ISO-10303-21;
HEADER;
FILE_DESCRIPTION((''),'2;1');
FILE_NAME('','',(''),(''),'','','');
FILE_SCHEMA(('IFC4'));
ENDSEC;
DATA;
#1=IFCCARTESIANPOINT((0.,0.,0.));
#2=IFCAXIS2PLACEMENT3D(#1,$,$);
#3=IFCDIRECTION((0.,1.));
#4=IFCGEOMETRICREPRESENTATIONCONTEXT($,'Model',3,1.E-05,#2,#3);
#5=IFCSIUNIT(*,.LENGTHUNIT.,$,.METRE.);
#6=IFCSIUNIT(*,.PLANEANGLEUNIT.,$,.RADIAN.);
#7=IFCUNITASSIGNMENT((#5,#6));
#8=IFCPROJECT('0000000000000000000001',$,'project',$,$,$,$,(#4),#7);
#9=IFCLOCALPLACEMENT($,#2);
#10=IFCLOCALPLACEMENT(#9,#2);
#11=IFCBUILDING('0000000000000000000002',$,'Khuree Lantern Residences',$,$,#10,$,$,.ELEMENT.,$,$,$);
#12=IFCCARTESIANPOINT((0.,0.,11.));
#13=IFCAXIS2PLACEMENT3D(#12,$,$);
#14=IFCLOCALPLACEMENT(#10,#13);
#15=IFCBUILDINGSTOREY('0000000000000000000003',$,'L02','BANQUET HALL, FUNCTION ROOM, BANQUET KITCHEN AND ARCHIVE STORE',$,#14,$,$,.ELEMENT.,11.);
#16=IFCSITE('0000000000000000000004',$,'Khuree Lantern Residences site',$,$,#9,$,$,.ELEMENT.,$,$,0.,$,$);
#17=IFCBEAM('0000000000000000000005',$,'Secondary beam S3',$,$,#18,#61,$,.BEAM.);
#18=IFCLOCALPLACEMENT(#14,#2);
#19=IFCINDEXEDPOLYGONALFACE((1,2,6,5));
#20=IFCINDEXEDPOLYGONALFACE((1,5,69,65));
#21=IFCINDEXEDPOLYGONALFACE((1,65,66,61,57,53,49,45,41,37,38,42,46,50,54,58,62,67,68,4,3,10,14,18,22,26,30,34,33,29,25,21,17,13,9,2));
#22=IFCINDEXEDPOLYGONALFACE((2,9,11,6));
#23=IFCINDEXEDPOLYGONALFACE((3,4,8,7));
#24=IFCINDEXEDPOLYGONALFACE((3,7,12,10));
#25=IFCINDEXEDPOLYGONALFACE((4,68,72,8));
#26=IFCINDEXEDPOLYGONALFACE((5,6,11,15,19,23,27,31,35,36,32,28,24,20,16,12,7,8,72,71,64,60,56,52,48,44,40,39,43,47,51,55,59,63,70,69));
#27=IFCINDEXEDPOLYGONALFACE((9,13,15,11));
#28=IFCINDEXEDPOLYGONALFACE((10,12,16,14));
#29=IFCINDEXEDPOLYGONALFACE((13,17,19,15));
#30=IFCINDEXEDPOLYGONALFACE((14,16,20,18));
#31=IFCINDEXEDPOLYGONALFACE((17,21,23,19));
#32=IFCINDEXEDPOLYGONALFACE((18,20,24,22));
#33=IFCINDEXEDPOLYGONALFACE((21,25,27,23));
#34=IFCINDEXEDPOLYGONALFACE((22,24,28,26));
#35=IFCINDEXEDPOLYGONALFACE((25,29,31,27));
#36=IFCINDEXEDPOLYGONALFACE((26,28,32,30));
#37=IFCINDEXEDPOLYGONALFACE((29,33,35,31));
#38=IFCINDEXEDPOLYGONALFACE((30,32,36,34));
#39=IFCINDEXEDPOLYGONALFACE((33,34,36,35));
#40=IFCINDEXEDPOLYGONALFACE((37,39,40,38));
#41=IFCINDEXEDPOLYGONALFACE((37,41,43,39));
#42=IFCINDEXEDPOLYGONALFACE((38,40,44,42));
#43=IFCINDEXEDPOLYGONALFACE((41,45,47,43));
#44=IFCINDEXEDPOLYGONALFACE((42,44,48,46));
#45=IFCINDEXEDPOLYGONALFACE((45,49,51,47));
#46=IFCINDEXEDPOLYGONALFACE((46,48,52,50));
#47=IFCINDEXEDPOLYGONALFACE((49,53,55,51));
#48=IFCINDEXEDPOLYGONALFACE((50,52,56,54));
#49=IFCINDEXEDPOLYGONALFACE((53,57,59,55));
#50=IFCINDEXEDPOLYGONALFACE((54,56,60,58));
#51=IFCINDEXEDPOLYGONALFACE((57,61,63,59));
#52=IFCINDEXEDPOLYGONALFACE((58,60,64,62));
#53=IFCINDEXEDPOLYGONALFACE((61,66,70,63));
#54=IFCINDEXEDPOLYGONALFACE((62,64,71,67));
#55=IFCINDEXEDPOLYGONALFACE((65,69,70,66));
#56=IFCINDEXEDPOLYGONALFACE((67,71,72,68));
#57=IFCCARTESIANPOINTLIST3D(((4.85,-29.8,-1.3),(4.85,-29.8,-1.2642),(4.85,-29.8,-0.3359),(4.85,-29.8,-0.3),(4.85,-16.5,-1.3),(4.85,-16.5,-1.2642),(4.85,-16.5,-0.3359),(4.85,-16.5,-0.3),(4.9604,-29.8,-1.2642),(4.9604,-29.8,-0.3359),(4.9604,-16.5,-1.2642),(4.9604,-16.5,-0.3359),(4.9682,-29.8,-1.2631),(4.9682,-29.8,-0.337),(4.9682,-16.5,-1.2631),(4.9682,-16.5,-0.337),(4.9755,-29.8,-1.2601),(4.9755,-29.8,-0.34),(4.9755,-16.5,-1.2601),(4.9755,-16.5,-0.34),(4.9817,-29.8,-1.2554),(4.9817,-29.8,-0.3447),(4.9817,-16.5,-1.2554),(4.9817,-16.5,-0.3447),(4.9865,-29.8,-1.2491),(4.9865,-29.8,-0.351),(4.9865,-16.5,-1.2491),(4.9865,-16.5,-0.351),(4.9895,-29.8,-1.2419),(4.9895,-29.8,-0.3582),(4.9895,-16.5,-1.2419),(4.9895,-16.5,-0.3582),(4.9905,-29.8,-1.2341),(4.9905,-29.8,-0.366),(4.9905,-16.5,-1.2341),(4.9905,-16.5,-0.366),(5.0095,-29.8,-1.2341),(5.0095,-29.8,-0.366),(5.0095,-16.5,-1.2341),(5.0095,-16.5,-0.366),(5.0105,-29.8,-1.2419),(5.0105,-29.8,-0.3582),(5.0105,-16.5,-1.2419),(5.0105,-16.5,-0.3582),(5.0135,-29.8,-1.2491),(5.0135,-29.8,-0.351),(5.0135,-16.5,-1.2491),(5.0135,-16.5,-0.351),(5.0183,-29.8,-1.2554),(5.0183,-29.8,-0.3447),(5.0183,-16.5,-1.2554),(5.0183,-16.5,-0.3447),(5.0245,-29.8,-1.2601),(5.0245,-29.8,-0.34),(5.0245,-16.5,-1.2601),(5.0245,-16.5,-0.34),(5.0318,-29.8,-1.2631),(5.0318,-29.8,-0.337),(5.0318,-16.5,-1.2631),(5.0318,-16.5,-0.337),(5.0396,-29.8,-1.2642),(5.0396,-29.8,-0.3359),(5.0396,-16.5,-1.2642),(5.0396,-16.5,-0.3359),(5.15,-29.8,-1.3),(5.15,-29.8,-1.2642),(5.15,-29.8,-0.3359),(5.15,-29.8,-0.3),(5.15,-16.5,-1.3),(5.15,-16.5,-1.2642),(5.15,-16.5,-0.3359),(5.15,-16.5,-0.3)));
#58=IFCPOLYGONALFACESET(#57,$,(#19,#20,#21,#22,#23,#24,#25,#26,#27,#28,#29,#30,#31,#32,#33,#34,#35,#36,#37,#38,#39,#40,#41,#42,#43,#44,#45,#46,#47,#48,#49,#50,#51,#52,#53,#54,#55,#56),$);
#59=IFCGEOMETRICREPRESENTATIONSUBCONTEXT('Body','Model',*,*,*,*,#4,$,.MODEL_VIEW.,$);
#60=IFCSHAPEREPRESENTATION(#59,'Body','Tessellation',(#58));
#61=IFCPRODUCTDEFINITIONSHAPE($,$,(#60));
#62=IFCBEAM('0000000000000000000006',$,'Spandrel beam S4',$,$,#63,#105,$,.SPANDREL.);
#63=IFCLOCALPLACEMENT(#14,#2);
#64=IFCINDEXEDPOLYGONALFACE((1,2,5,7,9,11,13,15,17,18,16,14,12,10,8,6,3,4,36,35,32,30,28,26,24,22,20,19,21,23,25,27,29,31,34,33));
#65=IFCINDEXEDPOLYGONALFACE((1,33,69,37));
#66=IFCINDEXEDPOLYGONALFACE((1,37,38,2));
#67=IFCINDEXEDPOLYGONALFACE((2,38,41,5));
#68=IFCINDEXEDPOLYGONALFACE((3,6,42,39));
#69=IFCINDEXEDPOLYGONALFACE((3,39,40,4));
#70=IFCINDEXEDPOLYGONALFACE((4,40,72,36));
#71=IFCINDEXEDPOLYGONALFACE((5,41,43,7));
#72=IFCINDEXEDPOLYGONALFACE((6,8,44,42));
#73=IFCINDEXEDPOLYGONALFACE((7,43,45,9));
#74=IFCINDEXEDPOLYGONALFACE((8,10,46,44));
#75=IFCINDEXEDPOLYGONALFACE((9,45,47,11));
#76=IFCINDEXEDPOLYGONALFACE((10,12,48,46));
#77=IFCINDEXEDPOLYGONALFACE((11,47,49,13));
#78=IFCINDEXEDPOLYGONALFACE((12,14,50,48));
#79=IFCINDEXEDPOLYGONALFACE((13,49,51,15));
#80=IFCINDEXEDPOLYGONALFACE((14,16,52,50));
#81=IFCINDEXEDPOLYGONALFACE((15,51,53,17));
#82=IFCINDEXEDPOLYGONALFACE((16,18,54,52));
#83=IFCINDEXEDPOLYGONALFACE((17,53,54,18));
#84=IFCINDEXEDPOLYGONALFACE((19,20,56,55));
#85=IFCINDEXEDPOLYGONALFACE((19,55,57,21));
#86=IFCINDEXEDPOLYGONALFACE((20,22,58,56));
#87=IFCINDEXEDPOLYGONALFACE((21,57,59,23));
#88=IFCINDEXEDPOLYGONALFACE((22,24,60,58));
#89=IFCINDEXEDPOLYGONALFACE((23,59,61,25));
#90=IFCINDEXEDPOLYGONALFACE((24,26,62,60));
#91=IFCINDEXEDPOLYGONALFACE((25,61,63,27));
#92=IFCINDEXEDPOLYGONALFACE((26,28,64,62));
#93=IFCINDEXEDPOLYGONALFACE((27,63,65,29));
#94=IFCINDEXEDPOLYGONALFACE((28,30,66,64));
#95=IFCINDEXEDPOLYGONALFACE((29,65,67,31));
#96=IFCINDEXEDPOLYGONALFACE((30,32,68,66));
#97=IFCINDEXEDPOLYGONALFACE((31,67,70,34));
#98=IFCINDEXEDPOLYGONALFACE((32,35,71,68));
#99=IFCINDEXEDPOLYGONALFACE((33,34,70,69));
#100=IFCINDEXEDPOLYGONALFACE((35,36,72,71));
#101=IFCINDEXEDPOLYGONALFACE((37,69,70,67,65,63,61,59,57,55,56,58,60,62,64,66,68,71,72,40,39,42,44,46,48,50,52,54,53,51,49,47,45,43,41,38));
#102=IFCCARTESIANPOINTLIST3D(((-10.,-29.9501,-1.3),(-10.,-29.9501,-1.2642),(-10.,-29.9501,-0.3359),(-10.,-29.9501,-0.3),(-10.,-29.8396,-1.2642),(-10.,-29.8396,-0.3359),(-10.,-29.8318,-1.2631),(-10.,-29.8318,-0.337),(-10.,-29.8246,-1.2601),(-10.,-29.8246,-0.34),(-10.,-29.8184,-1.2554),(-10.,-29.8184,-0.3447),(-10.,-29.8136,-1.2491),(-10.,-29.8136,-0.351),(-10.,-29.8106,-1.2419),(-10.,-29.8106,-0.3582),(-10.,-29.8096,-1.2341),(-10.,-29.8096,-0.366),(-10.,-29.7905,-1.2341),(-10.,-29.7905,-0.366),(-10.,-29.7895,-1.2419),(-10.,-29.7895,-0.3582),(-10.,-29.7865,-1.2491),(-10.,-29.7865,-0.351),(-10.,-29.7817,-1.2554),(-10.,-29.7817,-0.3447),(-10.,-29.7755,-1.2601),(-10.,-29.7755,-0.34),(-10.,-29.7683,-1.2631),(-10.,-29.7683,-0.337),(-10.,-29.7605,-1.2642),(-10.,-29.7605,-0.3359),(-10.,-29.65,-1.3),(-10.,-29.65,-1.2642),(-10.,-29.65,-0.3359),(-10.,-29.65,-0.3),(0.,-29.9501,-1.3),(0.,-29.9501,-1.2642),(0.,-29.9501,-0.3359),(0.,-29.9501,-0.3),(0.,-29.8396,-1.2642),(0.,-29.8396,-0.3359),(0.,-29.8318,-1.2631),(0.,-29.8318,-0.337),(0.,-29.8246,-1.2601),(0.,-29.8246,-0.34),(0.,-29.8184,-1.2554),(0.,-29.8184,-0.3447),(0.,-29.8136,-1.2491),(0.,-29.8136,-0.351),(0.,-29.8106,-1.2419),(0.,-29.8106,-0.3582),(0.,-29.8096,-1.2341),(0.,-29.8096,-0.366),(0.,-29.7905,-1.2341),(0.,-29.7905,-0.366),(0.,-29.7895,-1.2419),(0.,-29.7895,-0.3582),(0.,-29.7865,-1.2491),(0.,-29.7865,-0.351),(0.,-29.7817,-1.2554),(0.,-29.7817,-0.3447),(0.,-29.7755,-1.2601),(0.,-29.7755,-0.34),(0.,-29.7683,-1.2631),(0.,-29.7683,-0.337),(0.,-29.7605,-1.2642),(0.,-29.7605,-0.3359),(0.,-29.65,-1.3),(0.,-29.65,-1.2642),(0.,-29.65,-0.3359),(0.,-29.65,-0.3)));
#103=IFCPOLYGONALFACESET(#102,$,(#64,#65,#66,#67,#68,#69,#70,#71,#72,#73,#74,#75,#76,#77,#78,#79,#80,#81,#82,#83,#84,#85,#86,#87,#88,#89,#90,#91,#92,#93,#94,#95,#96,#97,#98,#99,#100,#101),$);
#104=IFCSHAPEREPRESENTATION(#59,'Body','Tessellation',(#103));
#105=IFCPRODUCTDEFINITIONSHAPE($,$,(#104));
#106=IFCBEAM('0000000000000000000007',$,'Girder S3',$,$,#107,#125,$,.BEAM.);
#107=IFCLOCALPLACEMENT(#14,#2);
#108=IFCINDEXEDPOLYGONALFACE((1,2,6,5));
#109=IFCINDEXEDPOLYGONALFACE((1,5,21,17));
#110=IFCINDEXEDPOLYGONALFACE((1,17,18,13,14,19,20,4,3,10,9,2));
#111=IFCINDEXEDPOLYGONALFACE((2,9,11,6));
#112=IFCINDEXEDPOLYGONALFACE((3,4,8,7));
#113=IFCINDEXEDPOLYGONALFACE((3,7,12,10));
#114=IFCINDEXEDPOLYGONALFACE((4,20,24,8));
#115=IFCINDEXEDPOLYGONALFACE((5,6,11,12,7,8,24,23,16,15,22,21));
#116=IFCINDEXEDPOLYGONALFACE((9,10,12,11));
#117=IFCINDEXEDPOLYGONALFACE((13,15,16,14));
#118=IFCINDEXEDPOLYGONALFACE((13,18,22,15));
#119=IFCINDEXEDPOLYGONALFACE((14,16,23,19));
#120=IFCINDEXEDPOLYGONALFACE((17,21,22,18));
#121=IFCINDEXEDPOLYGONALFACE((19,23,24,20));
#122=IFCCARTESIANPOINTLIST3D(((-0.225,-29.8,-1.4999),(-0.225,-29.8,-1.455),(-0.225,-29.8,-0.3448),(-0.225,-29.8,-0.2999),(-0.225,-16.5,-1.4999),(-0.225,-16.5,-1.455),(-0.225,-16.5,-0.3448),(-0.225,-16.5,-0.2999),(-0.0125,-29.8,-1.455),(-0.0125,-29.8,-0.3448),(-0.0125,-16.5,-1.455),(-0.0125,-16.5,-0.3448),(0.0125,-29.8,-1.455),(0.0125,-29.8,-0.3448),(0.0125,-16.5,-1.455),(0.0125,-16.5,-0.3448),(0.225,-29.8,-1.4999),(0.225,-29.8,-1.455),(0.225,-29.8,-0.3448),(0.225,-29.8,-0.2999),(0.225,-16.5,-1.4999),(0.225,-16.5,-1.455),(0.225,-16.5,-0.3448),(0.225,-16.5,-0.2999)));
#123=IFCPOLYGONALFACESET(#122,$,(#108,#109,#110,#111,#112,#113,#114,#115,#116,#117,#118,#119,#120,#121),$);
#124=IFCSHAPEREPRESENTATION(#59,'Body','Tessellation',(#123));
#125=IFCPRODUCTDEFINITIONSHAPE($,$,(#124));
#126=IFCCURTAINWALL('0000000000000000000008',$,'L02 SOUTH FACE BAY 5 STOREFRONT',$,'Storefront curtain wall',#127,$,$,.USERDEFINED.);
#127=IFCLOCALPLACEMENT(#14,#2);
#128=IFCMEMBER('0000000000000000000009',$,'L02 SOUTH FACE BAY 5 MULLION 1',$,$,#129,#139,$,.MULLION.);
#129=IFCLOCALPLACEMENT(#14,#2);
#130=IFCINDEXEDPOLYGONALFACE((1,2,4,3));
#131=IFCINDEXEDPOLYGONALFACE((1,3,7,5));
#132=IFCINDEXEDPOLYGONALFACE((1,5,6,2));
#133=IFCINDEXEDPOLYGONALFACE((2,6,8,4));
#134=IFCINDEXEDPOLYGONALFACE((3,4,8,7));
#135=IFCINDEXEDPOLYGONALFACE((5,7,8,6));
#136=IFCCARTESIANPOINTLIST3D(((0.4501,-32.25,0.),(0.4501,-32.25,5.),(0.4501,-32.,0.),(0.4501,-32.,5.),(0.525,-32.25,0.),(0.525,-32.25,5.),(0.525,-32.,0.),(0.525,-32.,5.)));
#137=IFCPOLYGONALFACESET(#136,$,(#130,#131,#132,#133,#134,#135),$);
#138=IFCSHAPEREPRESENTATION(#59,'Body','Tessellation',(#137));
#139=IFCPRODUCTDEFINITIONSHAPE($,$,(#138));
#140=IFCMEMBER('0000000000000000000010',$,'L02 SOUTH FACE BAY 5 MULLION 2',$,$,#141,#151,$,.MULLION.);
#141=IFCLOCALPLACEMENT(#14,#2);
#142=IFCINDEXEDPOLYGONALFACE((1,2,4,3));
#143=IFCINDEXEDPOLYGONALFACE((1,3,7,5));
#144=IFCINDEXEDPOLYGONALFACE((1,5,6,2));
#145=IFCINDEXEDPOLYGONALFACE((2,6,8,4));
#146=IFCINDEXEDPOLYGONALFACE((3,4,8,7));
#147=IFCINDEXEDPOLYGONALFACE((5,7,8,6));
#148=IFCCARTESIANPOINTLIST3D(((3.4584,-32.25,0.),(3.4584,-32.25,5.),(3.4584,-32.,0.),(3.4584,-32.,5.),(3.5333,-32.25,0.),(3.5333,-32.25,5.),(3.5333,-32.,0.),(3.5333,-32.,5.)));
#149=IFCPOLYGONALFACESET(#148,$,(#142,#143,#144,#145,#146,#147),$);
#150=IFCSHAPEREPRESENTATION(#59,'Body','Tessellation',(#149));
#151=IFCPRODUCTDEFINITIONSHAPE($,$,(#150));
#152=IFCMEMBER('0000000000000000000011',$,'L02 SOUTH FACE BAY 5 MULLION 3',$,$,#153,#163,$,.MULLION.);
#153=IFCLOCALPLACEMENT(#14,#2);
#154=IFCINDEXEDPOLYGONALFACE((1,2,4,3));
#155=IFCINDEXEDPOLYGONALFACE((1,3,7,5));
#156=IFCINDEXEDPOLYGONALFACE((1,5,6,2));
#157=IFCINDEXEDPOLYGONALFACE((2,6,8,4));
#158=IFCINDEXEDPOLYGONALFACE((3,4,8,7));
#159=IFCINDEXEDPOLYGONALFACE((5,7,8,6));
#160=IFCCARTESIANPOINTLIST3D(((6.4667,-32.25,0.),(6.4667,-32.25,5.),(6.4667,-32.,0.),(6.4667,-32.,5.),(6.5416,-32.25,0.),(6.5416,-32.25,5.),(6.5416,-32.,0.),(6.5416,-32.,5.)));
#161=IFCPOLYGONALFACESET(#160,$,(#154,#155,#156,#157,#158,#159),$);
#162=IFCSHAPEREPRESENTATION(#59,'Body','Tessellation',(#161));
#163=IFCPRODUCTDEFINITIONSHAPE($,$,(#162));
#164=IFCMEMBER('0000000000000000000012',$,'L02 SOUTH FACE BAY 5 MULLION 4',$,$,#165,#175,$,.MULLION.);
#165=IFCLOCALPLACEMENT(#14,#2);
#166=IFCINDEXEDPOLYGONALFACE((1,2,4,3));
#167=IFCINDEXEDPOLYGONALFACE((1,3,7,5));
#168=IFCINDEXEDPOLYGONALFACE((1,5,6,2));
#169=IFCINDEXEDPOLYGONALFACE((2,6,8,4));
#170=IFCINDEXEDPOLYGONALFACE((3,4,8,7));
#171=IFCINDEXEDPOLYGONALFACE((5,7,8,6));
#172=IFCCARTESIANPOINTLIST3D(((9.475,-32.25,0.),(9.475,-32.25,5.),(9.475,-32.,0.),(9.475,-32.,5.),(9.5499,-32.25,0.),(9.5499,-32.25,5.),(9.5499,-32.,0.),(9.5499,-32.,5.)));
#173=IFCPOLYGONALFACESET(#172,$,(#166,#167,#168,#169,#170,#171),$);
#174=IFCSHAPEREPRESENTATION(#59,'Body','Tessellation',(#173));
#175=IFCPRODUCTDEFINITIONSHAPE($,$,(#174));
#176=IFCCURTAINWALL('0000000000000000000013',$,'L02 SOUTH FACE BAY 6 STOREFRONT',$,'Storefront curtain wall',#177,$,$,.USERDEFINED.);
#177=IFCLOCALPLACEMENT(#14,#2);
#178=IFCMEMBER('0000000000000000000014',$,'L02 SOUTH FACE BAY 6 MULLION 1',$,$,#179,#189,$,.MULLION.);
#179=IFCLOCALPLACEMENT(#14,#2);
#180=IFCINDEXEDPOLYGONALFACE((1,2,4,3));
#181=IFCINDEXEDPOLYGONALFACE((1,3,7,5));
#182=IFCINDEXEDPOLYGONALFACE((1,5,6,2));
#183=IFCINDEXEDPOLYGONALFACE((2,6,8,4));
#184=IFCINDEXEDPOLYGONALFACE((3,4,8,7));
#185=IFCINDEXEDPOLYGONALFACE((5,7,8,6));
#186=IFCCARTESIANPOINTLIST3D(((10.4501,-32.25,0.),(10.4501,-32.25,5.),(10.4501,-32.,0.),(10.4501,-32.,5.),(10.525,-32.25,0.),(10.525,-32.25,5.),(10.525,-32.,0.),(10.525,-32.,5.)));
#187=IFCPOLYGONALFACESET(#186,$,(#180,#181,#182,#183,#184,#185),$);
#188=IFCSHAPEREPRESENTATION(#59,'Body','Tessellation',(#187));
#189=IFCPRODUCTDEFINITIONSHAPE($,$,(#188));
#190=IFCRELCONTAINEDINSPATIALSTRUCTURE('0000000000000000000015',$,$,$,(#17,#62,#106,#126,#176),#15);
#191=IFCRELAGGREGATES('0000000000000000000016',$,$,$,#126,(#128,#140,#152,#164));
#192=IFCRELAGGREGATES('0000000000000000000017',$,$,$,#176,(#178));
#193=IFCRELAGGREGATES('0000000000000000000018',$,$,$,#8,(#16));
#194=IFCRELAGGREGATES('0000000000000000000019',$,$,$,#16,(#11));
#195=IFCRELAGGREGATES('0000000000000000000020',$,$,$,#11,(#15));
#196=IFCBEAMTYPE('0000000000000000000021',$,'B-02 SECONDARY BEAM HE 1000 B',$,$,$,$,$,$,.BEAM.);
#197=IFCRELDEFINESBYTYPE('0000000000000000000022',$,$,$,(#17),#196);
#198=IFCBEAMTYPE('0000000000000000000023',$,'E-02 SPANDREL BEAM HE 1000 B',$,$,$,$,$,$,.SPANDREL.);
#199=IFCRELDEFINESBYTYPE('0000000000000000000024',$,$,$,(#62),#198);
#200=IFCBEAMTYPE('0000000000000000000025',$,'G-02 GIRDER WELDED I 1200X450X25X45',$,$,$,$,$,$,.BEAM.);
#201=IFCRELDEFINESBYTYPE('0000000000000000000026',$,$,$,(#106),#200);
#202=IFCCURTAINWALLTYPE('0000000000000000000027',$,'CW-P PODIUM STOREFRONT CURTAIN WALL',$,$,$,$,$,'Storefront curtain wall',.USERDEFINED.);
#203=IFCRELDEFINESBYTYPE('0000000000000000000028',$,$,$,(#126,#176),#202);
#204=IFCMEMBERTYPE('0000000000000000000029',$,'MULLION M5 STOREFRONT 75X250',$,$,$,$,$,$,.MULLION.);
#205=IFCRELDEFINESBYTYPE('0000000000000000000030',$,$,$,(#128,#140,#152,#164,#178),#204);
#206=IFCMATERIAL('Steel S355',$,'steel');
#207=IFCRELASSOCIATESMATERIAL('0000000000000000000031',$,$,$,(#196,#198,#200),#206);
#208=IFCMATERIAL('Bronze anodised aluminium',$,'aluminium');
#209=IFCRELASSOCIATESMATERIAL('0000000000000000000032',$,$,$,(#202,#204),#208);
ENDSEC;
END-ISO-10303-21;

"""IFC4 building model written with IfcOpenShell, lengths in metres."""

from ifc_helpers import new_model, si_unit, direction, frame, origin, origin_2d, place, context, subcontext, project, spatial, rectangle, i_section, extrude, material, material_profile, profile_set, type_object, element, aggregate, save


model = new_model("IFC4")

# Units and contexts
model_context = context("Model", 3, precision=1e-05, world=origin(), true_north=direction((0.0, 1.0)))
body_context = subcontext(model_context, "Body", "Model", "MODEL_VIEW")
ifc_project = project(units=[si_unit("LENGTHUNIT", "METRE"), si_unit("PLANEANGLEUNIT", "RADIAN")], contexts=[model_context])

# Site, building, storey
site_placement = place(None, origin())
site = spatial("IfcSite", under=ifc_project, at=site_placement, Name="Khuree Lantern Residences site", CompositionType="ELEMENT", RefElevation=0.0)
building_placement = place(site_placement, origin())
building = spatial("IfcBuilding", under=site, at=building_placement, Name="Khuree Lantern Residences", CompositionType="ELEMENT")
storey_placement = place(building_placement, frame((0.0, 0.0, 11.0)))
storey = spatial("IfcBuildingStorey", under=building, at=storey_placement, Name="L02", Description="BANQUET HALL, FUNCTION ROOM, BANQUET KITCHEN AND ARCHIVE STORE", CompositionType="ELEMENT", Elevation=11.0)

# Beams
ifc_material_1 = material(Name="Steel S355", Category="steel")
ifc_material_profile_1 = material_profile(ifc_material_1, i_section(OverallWidth=0.3, OverallDepth=1.0, WebThickness=0.019, FlangeThickness=0.0359, FilletRadius=0.03, at=origin_2d()), Name="HE 1000 B")
ifc_profile_set_1 = profile_set([ifc_material_profile_1], Name="Steel S355")
beam_type_1 = type_object("IfcBeamType", Name="B-02 SECONDARY BEAM HE 1000 B", PredefinedType="BEAM", material=ifc_profile_set_1)
beam_1_placement = place(storey_placement, frame((5.0, -29.8, -0.8), z_axis=(0.0, 1.0, 0.0), x_axis=(-1.0, 0.0, 0.0)))
element("IfcBeam", 1, at=beam_1_placement, inside=storey, type_object=beam_type_1, Name="Secondary beam S3", PredefinedType="BEAM", context=body_context, shape_type="SweptSolid", body=[
    extrude(i_section(OverallWidth=0.3, OverallDepth=1.0, WebThickness=0.019, FlangeThickness=0.0359, FilletRadius=0.03, at=origin_2d()), origin(), (0.0, 0.0, 1.0), 13.3),
])
ifc_material_profile_2 = material_profile(ifc_material_1, i_section(OverallWidth=0.3, OverallDepth=1.0, WebThickness=0.019, FlangeThickness=0.0359, FilletRadius=0.03, at=origin_2d()), Name="HE 1000 B")
ifc_profile_set_2 = profile_set([ifc_material_profile_2], Name="Steel S355")
beam_type_2 = type_object("IfcBeamType", Name="E-02 SPANDREL BEAM HE 1000 B", PredefinedType="SPANDREL", material=ifc_profile_set_2)
beam_2_placement = place(storey_placement, frame((0.0, -29.8, -0.8), z_axis=(-1.0, 0.0, 0.0), x_axis=(0.0, -1.0, 0.0)))
element("IfcBeam", 2, at=beam_2_placement, inside=storey, type_object=beam_type_2, Name="Spandrel beam S4", PredefinedType="SPANDREL", context=body_context, shape_type="SweptSolid", body=[
    extrude(i_section(OverallWidth=0.3, OverallDepth=1.0, WebThickness=0.019, FlangeThickness=0.0359, FilletRadius=0.03, at=origin_2d()), origin(), (0.0, 0.0, 1.0), 10.0),
])
ifc_material_profile_3 = material_profile(ifc_material_1, i_section(OverallWidth=0.45, OverallDepth=1.2, WebThickness=0.0249, FlangeThickness=0.0449, at=origin_2d()), Name="WELDED I 1200X450X25X45")
ifc_profile_set_3 = profile_set([ifc_material_profile_3], Name="Steel S355")
beam_type_3 = type_object("IfcBeamType", Name="G-02 GIRDER WELDED I 1200X450X25X45", PredefinedType="BEAM", material=ifc_profile_set_3)
beam_3_placement = place(storey_placement, frame((0.0, -29.8, -0.8999), z_axis=(0.0, 1.0, 0.0), x_axis=(-1.0, 0.0, 0.0)))
element("IfcBeam", 3, at=beam_3_placement, inside=storey, type_object=beam_type_3, Name="Girder S3", PredefinedType="BEAM", context=body_context, shape_type="SweptSolid", body=[
    extrude(i_section(OverallWidth=0.45, OverallDepth=1.2, WebThickness=0.0249, FlangeThickness=0.0449, at=origin_2d()), origin(), (0.0, 0.0, 1.0), 13.3),
])

# Curtain walls, members
ifc_material_2 = material(Name="Bronze anodised aluminium", Category="aluminium")
curtain_wall_type = type_object("IfcCurtainWallType", Name="CW-P PODIUM STOREFRONT CURTAIN WALL", ElementType="Storefront curtain wall", PredefinedType="USERDEFINED", material=ifc_material_2)
curtain_wall_1_placement = place(storey_placement, origin())
curtain_wall_1 = element("IfcCurtainWall", 4, at=curtain_wall_1_placement, inside=storey, type_object=curtain_wall_type, Name="L02 SOUTH FACE BAY 5 STOREFRONT", ObjectType="Storefront curtain wall", PredefinedType="USERDEFINED")
ifc_material_profile_4 = material_profile(ifc_material_2, rectangle(XDim=0.075, YDim=0.25, at=origin_2d()), Name="M5 75X250")
ifc_profile_set_4 = profile_set([ifc_material_profile_4], Name="Bronze anodised aluminium")
member_type_1 = type_object("IfcMemberType", Name="MULLION M5 STOREFRONT 75X250", PredefinedType="MULLION", material=ifc_profile_set_4)
member_1_placement = place(storey_placement, frame((0.4875, -32.125, 0.0), z_axis=(0.0, 0.0, 1.0), x_axis=(1.0, 0.0, 0.0)))
member_1 = element("IfcMember", 5, at=member_1_placement, type_object=member_type_1, Name="L02 SOUTH FACE BAY 5 MULLION 1", PredefinedType="MULLION", context=body_context, shape_type="SweptSolid", body=[
    extrude(rectangle(XDim=0.075, YDim=0.25, at=origin_2d()), origin(), (0.0, 0.0, 1.0), 5.0),
])
member_2_placement = place(storey_placement, frame((3.4958, -32.125, 0.0), z_axis=(0.0, 0.0, 1.0), x_axis=(1.0, 0.0, 0.0)))
member_2 = element("IfcMember", 6, at=member_2_placement, type_object=member_type_1, Name="L02 SOUTH FACE BAY 5 MULLION 2", PredefinedType="MULLION", context=body_context, shape_type="SweptSolid", body=[
    extrude(rectangle(XDim=0.075, YDim=0.25, at=origin_2d()), origin(), (0.0, 0.0, 1.0), 5.0),
])
member_3_placement = place(storey_placement, frame((6.5042, -32.125, 0.0), z_axis=(0.0, 0.0, 1.0), x_axis=(1.0, 0.0, 0.0)))
member_3 = element("IfcMember", 7, at=member_3_placement, type_object=member_type_1, Name="L02 SOUTH FACE BAY 5 MULLION 3", PredefinedType="MULLION", context=body_context, shape_type="SweptSolid", body=[
    extrude(rectangle(XDim=0.075, YDim=0.25, at=origin_2d()), origin(), (0.0, 0.0, 1.0), 5.0),
])
member_4_placement = place(storey_placement, frame((9.5125, -32.125, 0.0), z_axis=(0.0, 0.0, 1.0), x_axis=(1.0, 0.0, 0.0)))
member_4 = element("IfcMember", 8, at=member_4_placement, type_object=member_type_1, Name="L02 SOUTH FACE BAY 5 MULLION 4", PredefinedType="MULLION", context=body_context, shape_type="SweptSolid", body=[
    extrude(rectangle(XDim=0.075, YDim=0.25, at=origin_2d()), origin(), (0.0, 0.0, 1.0), 5.0),
])
curtain_wall_2_placement = place(storey_placement, origin())
curtain_wall_2 = element("IfcCurtainWall", 9, at=curtain_wall_2_placement, inside=storey, type_object=curtain_wall_type, Name="L02 SOUTH FACE BAY 6 STOREFRONT", ObjectType="Storefront curtain wall", PredefinedType="USERDEFINED")
member_5_placement = place(storey_placement, frame((10.4875, -32.125, 0.0), z_axis=(0.0, 0.0, 1.0), x_axis=(1.0, 0.0, 0.0)))
member_5 = element("IfcMember", 10, at=member_5_placement, type_object=member_type_1, Name="L02 SOUTH FACE BAY 6 MULLION 1", PredefinedType="MULLION", context=body_context, shape_type="SweptSolid", body=[
    extrude(rectangle(XDim=0.075, YDim=0.25, at=origin_2d()), origin(), (0.0, 0.0, 1.0), 5.0),
])

aggregate(curtain_wall_1, [member_1, member_2, member_3, member_4])
aggregate(curtain_wall_2, [member_5])

save(model, "model.ifc")
